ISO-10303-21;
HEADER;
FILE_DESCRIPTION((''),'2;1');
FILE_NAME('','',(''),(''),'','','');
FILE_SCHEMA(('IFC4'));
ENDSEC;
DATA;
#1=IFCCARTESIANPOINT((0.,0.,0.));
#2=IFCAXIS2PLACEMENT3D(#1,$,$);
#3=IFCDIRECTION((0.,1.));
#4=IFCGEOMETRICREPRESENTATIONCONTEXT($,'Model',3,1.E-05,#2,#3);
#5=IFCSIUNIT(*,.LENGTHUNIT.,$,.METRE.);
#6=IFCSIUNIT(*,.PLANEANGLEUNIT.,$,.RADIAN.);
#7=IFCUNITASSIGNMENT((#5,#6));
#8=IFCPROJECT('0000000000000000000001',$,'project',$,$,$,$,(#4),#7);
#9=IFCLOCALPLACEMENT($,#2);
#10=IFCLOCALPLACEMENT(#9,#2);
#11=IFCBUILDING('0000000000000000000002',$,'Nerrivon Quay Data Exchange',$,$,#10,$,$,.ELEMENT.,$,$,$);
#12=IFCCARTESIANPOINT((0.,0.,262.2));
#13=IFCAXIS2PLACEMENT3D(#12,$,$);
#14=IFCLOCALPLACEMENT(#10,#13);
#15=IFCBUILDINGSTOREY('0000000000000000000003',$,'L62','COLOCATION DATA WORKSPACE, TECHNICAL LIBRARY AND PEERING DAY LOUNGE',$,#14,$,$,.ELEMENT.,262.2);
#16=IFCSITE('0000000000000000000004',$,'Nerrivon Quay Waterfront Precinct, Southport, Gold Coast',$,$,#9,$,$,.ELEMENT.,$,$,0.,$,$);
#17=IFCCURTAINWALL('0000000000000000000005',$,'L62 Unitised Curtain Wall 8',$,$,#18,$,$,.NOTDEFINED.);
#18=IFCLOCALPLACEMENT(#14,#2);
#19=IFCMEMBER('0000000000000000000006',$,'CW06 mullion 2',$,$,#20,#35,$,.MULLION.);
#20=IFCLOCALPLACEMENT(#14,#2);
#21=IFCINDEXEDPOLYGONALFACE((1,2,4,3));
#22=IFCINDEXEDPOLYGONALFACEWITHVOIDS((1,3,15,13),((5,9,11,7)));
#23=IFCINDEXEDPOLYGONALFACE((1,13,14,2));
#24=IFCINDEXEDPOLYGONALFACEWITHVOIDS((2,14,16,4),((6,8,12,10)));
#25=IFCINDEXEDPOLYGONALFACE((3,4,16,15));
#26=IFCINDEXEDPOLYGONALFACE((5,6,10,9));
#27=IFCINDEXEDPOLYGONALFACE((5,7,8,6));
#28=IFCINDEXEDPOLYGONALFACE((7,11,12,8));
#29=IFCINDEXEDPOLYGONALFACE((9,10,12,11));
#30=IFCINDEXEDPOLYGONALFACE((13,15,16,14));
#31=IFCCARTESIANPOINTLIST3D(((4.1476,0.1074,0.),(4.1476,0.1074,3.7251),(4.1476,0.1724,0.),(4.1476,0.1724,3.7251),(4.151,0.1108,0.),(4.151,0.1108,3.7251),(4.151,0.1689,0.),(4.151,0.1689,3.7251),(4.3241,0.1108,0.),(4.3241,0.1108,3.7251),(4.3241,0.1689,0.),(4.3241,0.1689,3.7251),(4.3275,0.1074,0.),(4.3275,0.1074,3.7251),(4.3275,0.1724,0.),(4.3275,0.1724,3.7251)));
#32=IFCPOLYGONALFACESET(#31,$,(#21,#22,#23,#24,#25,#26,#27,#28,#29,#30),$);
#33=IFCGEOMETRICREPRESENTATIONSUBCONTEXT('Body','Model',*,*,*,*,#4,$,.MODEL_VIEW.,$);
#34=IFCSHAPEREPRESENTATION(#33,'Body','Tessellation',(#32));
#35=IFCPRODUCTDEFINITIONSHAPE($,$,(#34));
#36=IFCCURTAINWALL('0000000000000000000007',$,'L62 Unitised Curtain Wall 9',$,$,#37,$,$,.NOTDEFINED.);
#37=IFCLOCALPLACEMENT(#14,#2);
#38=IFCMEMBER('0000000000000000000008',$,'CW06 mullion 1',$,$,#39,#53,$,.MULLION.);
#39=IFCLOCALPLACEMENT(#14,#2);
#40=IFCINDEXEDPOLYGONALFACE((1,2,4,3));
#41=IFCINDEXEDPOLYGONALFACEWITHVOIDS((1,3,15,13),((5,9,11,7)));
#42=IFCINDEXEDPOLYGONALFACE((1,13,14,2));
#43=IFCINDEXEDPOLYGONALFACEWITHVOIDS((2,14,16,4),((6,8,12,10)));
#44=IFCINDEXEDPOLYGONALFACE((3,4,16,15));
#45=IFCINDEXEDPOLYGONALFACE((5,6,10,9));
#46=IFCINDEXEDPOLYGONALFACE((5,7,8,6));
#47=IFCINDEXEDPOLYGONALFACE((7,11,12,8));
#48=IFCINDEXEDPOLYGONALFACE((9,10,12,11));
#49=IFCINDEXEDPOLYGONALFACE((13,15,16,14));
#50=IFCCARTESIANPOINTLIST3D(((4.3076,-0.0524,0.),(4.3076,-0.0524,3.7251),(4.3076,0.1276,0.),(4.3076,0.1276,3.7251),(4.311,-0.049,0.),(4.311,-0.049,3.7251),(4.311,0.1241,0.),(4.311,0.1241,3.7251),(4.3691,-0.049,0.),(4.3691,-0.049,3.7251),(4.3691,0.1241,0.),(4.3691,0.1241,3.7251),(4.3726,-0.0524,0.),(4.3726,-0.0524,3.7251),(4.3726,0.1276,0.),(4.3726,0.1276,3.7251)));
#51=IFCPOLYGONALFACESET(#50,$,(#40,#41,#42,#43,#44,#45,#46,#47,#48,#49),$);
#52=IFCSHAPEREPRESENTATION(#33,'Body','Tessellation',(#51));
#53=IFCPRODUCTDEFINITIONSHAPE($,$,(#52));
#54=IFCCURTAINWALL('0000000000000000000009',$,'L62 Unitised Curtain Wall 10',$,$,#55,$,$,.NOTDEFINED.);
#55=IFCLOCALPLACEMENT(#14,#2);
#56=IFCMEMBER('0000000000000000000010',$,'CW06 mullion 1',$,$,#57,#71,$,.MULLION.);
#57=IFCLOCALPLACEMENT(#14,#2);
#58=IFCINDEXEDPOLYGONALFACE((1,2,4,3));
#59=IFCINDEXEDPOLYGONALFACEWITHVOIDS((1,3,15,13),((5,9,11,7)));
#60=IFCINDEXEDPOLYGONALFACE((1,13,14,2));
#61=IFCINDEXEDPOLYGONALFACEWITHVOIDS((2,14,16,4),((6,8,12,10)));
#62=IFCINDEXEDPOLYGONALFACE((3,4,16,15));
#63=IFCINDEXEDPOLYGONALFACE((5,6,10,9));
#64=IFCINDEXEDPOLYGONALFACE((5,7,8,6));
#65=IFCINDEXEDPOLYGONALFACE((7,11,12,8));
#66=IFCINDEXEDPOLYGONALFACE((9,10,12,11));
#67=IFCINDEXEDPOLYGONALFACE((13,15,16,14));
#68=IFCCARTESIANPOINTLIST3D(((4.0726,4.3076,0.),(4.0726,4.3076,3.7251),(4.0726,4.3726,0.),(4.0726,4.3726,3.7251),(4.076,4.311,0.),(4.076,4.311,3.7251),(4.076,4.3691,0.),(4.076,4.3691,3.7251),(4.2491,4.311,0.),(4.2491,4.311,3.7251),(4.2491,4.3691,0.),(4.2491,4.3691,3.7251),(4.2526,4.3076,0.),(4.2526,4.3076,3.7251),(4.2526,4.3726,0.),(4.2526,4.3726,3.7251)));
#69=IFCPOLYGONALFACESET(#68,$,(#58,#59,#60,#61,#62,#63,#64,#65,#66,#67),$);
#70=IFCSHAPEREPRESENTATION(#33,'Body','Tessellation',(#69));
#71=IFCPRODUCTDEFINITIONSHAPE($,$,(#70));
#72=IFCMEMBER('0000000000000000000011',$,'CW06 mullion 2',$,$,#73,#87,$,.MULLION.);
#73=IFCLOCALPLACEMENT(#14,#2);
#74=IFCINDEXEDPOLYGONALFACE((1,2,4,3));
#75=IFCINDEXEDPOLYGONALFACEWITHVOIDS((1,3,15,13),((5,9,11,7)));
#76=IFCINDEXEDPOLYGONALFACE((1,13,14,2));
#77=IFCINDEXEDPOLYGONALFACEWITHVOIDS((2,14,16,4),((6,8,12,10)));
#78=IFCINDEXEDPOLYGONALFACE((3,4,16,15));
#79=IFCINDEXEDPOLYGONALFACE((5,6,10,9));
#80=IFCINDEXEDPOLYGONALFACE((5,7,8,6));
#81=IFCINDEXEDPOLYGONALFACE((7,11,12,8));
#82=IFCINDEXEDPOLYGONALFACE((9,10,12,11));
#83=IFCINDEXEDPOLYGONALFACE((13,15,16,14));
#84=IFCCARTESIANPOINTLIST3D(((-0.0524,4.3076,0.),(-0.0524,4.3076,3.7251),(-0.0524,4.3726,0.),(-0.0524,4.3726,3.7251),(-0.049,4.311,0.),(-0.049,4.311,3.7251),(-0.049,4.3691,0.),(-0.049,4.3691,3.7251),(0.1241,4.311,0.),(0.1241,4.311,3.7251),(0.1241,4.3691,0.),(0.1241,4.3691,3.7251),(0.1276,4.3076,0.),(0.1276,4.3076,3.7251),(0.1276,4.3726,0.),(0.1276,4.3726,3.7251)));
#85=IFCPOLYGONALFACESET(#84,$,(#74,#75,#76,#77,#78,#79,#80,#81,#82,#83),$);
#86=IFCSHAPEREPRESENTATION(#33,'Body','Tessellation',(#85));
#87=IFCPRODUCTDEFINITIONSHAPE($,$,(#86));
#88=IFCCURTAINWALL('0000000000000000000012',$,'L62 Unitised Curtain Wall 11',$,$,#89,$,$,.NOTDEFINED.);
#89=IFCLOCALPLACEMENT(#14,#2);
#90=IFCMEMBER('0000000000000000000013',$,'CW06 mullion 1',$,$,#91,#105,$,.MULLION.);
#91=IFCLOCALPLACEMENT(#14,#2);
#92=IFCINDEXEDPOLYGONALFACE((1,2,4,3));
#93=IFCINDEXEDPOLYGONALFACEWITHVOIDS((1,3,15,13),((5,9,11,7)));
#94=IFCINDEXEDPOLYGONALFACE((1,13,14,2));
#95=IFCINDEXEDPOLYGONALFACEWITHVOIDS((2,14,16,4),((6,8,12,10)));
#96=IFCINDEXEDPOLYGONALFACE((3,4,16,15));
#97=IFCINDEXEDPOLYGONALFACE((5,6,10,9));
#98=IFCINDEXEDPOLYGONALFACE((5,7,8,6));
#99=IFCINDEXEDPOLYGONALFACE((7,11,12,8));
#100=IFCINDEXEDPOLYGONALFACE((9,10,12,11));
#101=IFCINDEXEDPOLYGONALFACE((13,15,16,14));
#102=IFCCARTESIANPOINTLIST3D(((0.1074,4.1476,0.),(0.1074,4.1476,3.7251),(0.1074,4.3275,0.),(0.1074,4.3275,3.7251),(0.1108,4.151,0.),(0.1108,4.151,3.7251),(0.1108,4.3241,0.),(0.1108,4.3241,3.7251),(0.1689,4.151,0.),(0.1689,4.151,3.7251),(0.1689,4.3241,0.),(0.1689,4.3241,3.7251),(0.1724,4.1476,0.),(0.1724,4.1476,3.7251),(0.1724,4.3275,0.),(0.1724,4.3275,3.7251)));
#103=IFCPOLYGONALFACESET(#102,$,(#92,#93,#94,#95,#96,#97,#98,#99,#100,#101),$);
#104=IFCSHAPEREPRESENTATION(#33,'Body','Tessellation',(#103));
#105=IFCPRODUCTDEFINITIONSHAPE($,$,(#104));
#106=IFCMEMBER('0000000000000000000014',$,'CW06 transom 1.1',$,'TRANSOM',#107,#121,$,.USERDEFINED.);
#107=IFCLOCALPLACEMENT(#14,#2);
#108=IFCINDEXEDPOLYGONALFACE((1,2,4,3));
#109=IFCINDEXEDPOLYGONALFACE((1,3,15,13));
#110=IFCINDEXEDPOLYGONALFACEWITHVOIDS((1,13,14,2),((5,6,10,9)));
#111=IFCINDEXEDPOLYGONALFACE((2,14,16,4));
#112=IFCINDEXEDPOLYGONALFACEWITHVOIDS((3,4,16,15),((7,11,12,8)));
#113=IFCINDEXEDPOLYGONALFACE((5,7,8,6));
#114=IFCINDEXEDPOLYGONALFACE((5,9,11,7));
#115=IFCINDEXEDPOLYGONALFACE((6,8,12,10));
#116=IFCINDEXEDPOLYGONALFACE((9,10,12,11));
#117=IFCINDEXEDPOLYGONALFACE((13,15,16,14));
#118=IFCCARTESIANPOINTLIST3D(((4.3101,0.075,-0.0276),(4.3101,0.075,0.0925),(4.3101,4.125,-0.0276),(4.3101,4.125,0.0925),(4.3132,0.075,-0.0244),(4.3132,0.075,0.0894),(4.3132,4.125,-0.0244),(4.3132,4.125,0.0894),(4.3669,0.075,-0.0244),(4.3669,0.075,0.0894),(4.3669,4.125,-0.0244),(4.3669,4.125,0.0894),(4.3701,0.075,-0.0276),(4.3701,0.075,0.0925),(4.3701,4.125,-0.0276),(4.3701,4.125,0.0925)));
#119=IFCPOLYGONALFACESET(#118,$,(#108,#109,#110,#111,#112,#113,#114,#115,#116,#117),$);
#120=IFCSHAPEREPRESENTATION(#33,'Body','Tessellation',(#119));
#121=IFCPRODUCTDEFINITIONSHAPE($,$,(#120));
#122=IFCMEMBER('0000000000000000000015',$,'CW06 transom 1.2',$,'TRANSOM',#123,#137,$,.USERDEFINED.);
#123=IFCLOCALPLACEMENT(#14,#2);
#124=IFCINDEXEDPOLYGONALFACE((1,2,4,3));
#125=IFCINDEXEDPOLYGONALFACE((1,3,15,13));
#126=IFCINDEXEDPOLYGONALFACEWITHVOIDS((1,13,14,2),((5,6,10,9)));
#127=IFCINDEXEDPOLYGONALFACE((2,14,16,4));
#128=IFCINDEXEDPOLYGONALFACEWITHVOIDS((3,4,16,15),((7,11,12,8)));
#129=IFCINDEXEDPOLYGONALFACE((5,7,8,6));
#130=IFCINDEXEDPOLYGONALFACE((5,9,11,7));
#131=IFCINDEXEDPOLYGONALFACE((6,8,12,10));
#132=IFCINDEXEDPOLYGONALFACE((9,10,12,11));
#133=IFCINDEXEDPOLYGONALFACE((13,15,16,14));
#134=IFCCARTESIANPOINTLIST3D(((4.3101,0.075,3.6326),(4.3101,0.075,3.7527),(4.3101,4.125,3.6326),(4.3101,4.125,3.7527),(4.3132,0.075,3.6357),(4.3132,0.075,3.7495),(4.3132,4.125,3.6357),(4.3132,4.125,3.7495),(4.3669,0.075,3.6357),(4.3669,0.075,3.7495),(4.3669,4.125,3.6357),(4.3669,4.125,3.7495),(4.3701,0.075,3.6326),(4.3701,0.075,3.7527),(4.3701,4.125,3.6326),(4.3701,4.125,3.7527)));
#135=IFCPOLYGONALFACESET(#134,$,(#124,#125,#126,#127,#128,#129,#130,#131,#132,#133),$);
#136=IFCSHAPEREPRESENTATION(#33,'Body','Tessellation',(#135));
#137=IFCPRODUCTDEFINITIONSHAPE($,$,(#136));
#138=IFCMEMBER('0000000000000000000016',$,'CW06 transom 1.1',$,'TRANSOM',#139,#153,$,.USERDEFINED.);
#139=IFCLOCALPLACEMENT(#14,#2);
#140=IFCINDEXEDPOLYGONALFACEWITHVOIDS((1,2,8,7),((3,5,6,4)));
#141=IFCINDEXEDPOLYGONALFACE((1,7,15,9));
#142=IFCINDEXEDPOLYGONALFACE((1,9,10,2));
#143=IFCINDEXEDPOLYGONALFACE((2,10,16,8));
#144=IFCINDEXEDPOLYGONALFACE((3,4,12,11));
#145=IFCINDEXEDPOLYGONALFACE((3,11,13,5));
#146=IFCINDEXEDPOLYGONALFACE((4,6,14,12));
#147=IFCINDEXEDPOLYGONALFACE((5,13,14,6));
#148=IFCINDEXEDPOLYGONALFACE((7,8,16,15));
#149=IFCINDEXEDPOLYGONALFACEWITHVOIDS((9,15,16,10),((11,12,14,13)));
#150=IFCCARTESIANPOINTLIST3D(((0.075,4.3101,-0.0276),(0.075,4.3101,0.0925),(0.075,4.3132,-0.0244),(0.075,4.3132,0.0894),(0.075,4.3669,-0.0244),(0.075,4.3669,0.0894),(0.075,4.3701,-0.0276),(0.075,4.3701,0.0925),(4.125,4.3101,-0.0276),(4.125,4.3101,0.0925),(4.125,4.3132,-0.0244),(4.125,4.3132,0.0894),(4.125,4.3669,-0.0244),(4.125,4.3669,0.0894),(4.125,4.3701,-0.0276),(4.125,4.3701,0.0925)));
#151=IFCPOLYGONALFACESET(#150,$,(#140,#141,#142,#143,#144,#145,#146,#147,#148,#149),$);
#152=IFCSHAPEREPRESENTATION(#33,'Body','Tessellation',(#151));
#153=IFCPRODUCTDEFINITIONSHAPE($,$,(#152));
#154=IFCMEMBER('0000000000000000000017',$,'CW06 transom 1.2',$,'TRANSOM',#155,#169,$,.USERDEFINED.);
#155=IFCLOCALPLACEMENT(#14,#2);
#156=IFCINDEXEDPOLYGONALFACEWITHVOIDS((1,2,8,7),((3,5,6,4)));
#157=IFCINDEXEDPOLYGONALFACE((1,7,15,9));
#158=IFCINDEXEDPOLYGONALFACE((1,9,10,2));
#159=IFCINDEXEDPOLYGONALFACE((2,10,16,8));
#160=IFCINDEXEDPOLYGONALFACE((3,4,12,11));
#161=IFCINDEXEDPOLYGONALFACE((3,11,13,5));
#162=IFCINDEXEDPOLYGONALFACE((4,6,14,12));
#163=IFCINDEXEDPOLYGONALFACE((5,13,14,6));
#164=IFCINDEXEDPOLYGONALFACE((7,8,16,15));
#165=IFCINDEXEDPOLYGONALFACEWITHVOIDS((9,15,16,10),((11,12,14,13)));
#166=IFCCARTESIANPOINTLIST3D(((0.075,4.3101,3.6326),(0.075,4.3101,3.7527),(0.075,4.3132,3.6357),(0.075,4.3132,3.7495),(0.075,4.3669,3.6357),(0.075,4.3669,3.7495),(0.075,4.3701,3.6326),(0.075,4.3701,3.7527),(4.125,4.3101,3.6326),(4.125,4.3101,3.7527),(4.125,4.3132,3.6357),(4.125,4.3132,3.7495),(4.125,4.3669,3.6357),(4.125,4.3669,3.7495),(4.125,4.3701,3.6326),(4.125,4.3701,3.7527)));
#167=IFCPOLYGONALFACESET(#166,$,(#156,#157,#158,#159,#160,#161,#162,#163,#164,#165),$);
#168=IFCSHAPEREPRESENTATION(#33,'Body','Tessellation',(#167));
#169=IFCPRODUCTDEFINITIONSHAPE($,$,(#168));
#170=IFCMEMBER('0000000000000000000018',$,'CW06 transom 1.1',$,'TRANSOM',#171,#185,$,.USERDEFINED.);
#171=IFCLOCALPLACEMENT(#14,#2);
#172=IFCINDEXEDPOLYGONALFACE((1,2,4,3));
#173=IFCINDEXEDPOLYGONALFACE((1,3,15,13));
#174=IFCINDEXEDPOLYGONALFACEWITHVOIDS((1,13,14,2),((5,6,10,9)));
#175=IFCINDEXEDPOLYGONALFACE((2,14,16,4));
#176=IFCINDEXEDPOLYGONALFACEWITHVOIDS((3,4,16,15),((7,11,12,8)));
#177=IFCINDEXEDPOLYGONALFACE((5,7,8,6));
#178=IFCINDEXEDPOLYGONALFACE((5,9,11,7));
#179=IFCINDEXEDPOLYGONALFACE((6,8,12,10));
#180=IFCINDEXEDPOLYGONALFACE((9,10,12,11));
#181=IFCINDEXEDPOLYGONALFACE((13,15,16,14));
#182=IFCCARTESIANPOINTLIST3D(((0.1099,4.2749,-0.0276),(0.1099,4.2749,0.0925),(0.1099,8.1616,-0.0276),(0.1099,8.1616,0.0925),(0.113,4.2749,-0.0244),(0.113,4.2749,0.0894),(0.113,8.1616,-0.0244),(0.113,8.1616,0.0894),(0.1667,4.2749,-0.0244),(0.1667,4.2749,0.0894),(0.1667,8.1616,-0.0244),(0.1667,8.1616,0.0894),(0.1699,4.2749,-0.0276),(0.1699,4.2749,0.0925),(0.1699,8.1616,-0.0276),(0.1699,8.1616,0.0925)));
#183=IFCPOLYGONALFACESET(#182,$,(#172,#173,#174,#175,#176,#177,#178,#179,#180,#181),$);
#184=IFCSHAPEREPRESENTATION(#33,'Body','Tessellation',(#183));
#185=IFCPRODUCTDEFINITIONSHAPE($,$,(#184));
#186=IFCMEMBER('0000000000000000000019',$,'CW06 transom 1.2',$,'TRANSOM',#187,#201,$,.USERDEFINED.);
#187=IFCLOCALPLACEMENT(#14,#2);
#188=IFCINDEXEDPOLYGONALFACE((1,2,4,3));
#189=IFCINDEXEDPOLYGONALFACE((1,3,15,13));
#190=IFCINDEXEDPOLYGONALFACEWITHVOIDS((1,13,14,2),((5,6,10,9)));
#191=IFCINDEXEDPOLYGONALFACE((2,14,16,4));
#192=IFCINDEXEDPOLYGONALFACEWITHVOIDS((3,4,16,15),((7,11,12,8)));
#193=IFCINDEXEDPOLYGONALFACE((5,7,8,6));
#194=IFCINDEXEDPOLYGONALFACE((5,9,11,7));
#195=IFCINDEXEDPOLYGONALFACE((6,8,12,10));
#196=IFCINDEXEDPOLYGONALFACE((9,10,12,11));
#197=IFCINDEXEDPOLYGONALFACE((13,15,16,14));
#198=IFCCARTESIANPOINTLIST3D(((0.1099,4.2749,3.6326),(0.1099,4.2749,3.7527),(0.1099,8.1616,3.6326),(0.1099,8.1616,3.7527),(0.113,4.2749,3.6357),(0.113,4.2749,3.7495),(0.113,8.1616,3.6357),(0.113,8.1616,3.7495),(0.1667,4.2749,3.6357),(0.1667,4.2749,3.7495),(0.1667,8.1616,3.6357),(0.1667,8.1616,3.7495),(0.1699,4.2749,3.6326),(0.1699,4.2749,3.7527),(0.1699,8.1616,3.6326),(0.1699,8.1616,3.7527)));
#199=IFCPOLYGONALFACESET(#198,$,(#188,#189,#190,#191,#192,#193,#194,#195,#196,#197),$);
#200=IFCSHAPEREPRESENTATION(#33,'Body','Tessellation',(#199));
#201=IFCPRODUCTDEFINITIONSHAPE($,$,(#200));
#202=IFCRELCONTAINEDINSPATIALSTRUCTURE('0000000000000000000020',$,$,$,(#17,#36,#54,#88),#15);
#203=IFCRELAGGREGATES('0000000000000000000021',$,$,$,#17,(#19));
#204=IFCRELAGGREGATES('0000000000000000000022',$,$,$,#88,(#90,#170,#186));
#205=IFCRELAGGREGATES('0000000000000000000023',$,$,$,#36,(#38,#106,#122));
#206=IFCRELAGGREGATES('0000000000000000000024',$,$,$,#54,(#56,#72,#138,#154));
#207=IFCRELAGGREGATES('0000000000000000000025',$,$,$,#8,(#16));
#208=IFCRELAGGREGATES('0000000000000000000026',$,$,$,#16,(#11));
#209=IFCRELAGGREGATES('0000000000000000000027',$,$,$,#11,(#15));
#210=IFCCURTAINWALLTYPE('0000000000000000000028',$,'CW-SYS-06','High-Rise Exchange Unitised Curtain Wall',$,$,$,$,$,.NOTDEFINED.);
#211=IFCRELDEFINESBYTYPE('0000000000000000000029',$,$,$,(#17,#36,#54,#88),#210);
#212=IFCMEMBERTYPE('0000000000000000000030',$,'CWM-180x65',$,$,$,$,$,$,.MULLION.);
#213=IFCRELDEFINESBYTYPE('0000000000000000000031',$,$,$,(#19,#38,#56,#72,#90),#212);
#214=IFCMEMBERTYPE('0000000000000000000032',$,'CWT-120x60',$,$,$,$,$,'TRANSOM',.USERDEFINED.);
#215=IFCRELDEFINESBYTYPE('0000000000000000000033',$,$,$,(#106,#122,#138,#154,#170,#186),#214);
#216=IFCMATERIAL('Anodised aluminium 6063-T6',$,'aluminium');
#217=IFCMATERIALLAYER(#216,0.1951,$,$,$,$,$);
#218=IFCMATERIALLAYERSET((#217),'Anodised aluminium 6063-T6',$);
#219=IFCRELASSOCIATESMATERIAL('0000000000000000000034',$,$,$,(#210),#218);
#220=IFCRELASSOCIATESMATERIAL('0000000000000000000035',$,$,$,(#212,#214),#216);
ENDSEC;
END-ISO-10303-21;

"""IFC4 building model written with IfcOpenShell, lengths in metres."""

from ifc_helpers import new_model, si_unit, direction, frame, origin, origin_2d, place, context, subcontext, project, spatial, hollow_rectangle, extrude, material, layer, layer_set, material_profile, profile_set, type_object, element, aggregate, save


model = new_model("IFC4")

# Units and contexts
model_context = context("Model", 3, precision=1e-05, world=origin(), true_north=direction((0.0, 1.0)))
body_context = subcontext(model_context, "Body", "Model", "MODEL_VIEW")
ifc_project = project(units=[si_unit("LENGTHUNIT", "METRE"), si_unit("PLANEANGLEUNIT", "RADIAN")], contexts=[model_context])

# Site, building, storey
site_placement = place(None, origin())
site = spatial("IfcSite", under=ifc_project, at=site_placement, Name="Nerrivon Quay Waterfront Precinct, Southport, Gold Coast", CompositionType="ELEMENT", RefElevation=0.0)
building_placement = place(site_placement, origin())
building = spatial("IfcBuilding", under=site, at=building_placement, Name="Nerrivon Quay Data Exchange", CompositionType="ELEMENT")
storey_placement = place(building_placement, frame((0.0, 0.0, 262.2)))
storey = spatial("IfcBuildingStorey", under=building, at=storey_placement, Name="L62", Description="COLOCATION DATA WORKSPACE, TECHNICAL LIBRARY AND PEERING DAY LOUNGE", CompositionType="ELEMENT", Elevation=262.2)

# Curtain walls, members
ifc_material_1 = material(Name="Anodised aluminium 6063-T6", Category="aluminium")
ifc_layer_1 = layer(ifc_material_1, 0.1951)
ifc_layer_set_1 = layer_set([ifc_layer_1], Name="Anodised aluminium 6063-T6")
curtain_wall_type = type_object("IfcCurtainWallType", Name="CW-SYS-06", Description="High-Rise Exchange Unitised Curtain Wall", PredefinedType="NOTDEFINED", material=ifc_layer_set_1)
curtain_wall_1_placement = place(storey_placement, origin())
curtain_wall_1 = element("IfcCurtainWall", 1, at=curtain_wall_1_placement, inside=storey, type_object=curtain_wall_type, Name="L62 Unitised Curtain Wall 8", PredefinedType="NOTDEFINED")
ifc_material_profile_1 = material_profile(ifc_material_1, hollow_rectangle(XDim=0.0649, YDim=0.1799, WallThickness=0.0034, at=origin_2d()), Name="ALU-MULL-180x65")
ifc_profile_set_1 = profile_set([ifc_material_profile_1], Name="Anodised aluminium 6063-T6")
member_type_1 = type_object("IfcMemberType", Name="CWM-180x65", PredefinedType="MULLION", material=ifc_profile_set_1)
member_1_placement = place(storey_placement, frame((4.2375, 0.1399, 0.0), z_axis=(0.0, 0.0, 1.0), x_axis=(0.0, -1.0, 0.0)))
member_1 = element("IfcMember", 2, at=member_1_placement, type_object=member_type_1, Name="CW06 mullion 2", PredefinedType="MULLION", context=body_context, shape_type="SweptSolid", body=[
    extrude(hollow_rectangle(XDim=0.0649, YDim=0.1799, WallThickness=0.0034, at=origin_2d()), origin(), (0.0, 0.0, 1.0), 3.7251),
])
aggregate(curtain_wall_1, [member_1])
curtain_wall_2_placement = place(storey_placement, origin())
curtain_wall_2 = element("IfcCurtainWall", 3, at=curtain_wall_2_placement, inside=storey, type_object=curtain_wall_type, Name="L62 Unitised Curtain Wall 9", PredefinedType="NOTDEFINED")
member_2_placement = place(storey_placement, frame((4.3401, 0.0376, 0.0), z_axis=(0.0, 0.0, 1.0), x_axis=(-1.0, 0.0, 0.0)))
member_2 = element("IfcMember", 4, at=member_2_placement, type_object=member_type_1, Name="CW06 mullion 1", PredefinedType="MULLION", context=body_context, shape_type="SweptSolid", body=[
    extrude(hollow_rectangle(XDim=0.0649, YDim=0.1799, WallThickness=0.0034, at=origin_2d()), origin(), (0.0, 0.0, 1.0), 3.7251),
])

# Curtain wall, members
curtain_wall_3_placement = place(storey_placement, origin())
curtain_wall_3 = element("IfcCurtainWall", 5, at=curtain_wall_3_placement, inside=storey, type_object=curtain_wall_type, Name="L62 Unitised Curtain Wall 10", PredefinedType="NOTDEFINED")
member_3_placement = place(storey_placement, frame((4.1626, 4.3401, 0.0), z_axis=(0.0, 0.0, 1.0), x_axis=(0.0, -1.0, 0.0)))
member_3 = element("IfcMember", 6, at=member_3_placement, type_object=member_type_1, Name="CW06 mullion 1", PredefinedType="MULLION", context=body_context, shape_type="SweptSolid", body=[
    extrude(hollow_rectangle(XDim=0.0649, YDim=0.1799, WallThickness=0.0034, at=origin_2d()), origin(), (0.0, 0.0, 1.0), 3.7251),
])
member_4_placement = place(storey_placement, frame((0.0376, 4.3401, 0.0), z_axis=(0.0, 0.0, 1.0), x_axis=(0.0, -1.0, 0.0)))
member_4 = element("IfcMember", 7, at=member_4_placement, type_object=member_type_1, Name="CW06 mullion 2", PredefinedType="MULLION", context=body_context, shape_type="SweptSolid", body=[
    extrude(hollow_rectangle(XDim=0.0649, YDim=0.1799, WallThickness=0.0034, at=origin_2d()), origin(), (0.0, 0.0, 1.0), 3.7251),
])

# Curtain wall, member
curtain_wall_4_placement = place(storey_placement, origin())
curtain_wall_4 = element("IfcCurtainWall", 8, at=curtain_wall_4_placement, inside=storey, type_object=curtain_wall_type, Name="L62 Unitised Curtain Wall 11", PredefinedType="NOTDEFINED")
member_5_placement = place(storey_placement, frame((0.1399, 4.2375, 0.0), z_axis=(0.0, 0.0, 1.0), x_axis=(-1.0, 0.0, 0.0)))
member_5 = element("IfcMember", 9, at=member_5_placement, type_object=member_type_1, Name="CW06 mullion 1", PredefinedType="MULLION", context=body_context, shape_type="SweptSolid", body=[
    extrude(hollow_rectangle(XDim=0.0649, YDim=0.1799, WallThickness=0.0034, at=origin_2d()), origin(), (0.0, 0.0, 1.0), 3.7251),
])

# Members
ifc_material_profile_2 = material_profile(ifc_material_1, hollow_rectangle(XDim=0.0601, YDim=0.1201, WallThickness=0.0032, at=origin_2d()), Name="ALU-TRAN-120x60")
ifc_profile_set_2 = profile_set([ifc_material_profile_2], Name="Anodised aluminium 6063-T6")
member_type_2 = type_object("IfcMemberType", Name="CWT-120x60", ElementType="TRANSOM", PredefinedType="USERDEFINED", material=ifc_profile_set_2)
member_6_placement = place(storey_placement, frame((4.3401, 0.075, 0.0325), z_axis=(0.0, 1.0, 0.0), x_axis=(-1.0, 0.0, 0.0)))
member_6 = element("IfcMember", 10, at=member_6_placement, type_object=member_type_2, Name="CW06 transom 1.1", ObjectType="TRANSOM", PredefinedType="USERDEFINED", context=body_context, shape_type="SweptSolid", body=[
    extrude(hollow_rectangle(XDim=0.0601, YDim=0.1201, WallThickness=0.0032, at=origin_2d()), origin(), (0.0, 0.0, 1.0), 4.05),
])
member_7_placement = place(storey_placement, frame((4.3401, 0.075, 3.6926), z_axis=(0.0, 1.0, 0.0), x_axis=(-1.0, 0.0, 0.0)))
member_7 = element("IfcMember", 11, at=member_7_placement, type_object=member_type_2, Name="CW06 transom 1.2", ObjectType="TRANSOM", PredefinedType="USERDEFINED", context=body_context, shape_type="SweptSolid", body=[
    extrude(hollow_rectangle(XDim=0.0601, YDim=0.1201, WallThickness=0.0032, at=origin_2d()), origin(), (0.0, 0.0, 1.0), 4.05),
])
member_8_placement = place(storey_placement, frame((4.125, 4.3401, 0.0325), z_axis=(-1.0, 0.0, 0.0), x_axis=(0.0, -1.0, 0.0)))
member_8 = element("IfcMember", 12, at=member_8_placement, type_object=member_type_2, Name="CW06 transom 1.1", ObjectType="TRANSOM", PredefinedType="USERDEFINED", context=body_context, shape_type="SweptSolid", body=[
    extrude(hollow_rectangle(XDim=0.0601, YDim=0.1201, WallThickness=0.0032, at=origin_2d()), origin(), (0.0, 0.0, 1.0), 4.05),
])
member_9_placement = place(storey_placement, frame((4.125, 4.3401, 3.6926), z_axis=(-1.0, 0.0, 0.0), x_axis=(0.0, -1.0, 0.0)))
member_9 = element("IfcMember", 13, at=member_9_placement, type_object=member_type_2, Name="CW06 transom 1.2", ObjectType="TRANSOM", PredefinedType="USERDEFINED", context=body_context, shape_type="SweptSolid", body=[
    extrude(hollow_rectangle(XDim=0.0601, YDim=0.1201, WallThickness=0.0032, at=origin_2d()), origin(), (0.0, 0.0, 1.0), 4.05),
])
member_10_placement = place(storey_placement, frame((0.1399, 4.2749, 0.0325), z_axis=(0.0, 1.0, 0.0), x_axis=(-1.0, 0.0, 0.0)))
member_10 = element("IfcMember", 14, at=member_10_placement, type_object=member_type_2, Name="CW06 transom 1.1", ObjectType="TRANSOM", PredefinedType="USERDEFINED", context=body_context, shape_type="SweptSolid", body=[
    extrude(hollow_rectangle(XDim=0.0601, YDim=0.1201, WallThickness=0.0032, at=origin_2d()), origin(), (0.0, 0.0, 1.0), 3.8867),
])
member_11_placement = place(storey_placement, frame((0.1399, 4.2749, 3.6926), z_axis=(0.0, 1.0, 0.0), x_axis=(-1.0, 0.0, 0.0)))
member_11 = element("IfcMember", 15, at=member_11_placement, type_object=member_type_2, Name="CW06 transom 1.2", ObjectType="TRANSOM", PredefinedType="USERDEFINED", context=body_context, shape_type="SweptSolid", body=[
    extrude(hollow_rectangle(XDim=0.0601, YDim=0.1201, WallThickness=0.0032, at=origin_2d()), origin(), (0.0, 0.0, 1.0), 3.8867),
])
aggregate(curtain_wall_4, [member_5, member_10, member_11])

aggregate(curtain_wall_2, [member_2, member_6, member_7])
aggregate(curtain_wall_3, [member_3, member_4, member_8, member_9])

save(model, "model.ifc")
